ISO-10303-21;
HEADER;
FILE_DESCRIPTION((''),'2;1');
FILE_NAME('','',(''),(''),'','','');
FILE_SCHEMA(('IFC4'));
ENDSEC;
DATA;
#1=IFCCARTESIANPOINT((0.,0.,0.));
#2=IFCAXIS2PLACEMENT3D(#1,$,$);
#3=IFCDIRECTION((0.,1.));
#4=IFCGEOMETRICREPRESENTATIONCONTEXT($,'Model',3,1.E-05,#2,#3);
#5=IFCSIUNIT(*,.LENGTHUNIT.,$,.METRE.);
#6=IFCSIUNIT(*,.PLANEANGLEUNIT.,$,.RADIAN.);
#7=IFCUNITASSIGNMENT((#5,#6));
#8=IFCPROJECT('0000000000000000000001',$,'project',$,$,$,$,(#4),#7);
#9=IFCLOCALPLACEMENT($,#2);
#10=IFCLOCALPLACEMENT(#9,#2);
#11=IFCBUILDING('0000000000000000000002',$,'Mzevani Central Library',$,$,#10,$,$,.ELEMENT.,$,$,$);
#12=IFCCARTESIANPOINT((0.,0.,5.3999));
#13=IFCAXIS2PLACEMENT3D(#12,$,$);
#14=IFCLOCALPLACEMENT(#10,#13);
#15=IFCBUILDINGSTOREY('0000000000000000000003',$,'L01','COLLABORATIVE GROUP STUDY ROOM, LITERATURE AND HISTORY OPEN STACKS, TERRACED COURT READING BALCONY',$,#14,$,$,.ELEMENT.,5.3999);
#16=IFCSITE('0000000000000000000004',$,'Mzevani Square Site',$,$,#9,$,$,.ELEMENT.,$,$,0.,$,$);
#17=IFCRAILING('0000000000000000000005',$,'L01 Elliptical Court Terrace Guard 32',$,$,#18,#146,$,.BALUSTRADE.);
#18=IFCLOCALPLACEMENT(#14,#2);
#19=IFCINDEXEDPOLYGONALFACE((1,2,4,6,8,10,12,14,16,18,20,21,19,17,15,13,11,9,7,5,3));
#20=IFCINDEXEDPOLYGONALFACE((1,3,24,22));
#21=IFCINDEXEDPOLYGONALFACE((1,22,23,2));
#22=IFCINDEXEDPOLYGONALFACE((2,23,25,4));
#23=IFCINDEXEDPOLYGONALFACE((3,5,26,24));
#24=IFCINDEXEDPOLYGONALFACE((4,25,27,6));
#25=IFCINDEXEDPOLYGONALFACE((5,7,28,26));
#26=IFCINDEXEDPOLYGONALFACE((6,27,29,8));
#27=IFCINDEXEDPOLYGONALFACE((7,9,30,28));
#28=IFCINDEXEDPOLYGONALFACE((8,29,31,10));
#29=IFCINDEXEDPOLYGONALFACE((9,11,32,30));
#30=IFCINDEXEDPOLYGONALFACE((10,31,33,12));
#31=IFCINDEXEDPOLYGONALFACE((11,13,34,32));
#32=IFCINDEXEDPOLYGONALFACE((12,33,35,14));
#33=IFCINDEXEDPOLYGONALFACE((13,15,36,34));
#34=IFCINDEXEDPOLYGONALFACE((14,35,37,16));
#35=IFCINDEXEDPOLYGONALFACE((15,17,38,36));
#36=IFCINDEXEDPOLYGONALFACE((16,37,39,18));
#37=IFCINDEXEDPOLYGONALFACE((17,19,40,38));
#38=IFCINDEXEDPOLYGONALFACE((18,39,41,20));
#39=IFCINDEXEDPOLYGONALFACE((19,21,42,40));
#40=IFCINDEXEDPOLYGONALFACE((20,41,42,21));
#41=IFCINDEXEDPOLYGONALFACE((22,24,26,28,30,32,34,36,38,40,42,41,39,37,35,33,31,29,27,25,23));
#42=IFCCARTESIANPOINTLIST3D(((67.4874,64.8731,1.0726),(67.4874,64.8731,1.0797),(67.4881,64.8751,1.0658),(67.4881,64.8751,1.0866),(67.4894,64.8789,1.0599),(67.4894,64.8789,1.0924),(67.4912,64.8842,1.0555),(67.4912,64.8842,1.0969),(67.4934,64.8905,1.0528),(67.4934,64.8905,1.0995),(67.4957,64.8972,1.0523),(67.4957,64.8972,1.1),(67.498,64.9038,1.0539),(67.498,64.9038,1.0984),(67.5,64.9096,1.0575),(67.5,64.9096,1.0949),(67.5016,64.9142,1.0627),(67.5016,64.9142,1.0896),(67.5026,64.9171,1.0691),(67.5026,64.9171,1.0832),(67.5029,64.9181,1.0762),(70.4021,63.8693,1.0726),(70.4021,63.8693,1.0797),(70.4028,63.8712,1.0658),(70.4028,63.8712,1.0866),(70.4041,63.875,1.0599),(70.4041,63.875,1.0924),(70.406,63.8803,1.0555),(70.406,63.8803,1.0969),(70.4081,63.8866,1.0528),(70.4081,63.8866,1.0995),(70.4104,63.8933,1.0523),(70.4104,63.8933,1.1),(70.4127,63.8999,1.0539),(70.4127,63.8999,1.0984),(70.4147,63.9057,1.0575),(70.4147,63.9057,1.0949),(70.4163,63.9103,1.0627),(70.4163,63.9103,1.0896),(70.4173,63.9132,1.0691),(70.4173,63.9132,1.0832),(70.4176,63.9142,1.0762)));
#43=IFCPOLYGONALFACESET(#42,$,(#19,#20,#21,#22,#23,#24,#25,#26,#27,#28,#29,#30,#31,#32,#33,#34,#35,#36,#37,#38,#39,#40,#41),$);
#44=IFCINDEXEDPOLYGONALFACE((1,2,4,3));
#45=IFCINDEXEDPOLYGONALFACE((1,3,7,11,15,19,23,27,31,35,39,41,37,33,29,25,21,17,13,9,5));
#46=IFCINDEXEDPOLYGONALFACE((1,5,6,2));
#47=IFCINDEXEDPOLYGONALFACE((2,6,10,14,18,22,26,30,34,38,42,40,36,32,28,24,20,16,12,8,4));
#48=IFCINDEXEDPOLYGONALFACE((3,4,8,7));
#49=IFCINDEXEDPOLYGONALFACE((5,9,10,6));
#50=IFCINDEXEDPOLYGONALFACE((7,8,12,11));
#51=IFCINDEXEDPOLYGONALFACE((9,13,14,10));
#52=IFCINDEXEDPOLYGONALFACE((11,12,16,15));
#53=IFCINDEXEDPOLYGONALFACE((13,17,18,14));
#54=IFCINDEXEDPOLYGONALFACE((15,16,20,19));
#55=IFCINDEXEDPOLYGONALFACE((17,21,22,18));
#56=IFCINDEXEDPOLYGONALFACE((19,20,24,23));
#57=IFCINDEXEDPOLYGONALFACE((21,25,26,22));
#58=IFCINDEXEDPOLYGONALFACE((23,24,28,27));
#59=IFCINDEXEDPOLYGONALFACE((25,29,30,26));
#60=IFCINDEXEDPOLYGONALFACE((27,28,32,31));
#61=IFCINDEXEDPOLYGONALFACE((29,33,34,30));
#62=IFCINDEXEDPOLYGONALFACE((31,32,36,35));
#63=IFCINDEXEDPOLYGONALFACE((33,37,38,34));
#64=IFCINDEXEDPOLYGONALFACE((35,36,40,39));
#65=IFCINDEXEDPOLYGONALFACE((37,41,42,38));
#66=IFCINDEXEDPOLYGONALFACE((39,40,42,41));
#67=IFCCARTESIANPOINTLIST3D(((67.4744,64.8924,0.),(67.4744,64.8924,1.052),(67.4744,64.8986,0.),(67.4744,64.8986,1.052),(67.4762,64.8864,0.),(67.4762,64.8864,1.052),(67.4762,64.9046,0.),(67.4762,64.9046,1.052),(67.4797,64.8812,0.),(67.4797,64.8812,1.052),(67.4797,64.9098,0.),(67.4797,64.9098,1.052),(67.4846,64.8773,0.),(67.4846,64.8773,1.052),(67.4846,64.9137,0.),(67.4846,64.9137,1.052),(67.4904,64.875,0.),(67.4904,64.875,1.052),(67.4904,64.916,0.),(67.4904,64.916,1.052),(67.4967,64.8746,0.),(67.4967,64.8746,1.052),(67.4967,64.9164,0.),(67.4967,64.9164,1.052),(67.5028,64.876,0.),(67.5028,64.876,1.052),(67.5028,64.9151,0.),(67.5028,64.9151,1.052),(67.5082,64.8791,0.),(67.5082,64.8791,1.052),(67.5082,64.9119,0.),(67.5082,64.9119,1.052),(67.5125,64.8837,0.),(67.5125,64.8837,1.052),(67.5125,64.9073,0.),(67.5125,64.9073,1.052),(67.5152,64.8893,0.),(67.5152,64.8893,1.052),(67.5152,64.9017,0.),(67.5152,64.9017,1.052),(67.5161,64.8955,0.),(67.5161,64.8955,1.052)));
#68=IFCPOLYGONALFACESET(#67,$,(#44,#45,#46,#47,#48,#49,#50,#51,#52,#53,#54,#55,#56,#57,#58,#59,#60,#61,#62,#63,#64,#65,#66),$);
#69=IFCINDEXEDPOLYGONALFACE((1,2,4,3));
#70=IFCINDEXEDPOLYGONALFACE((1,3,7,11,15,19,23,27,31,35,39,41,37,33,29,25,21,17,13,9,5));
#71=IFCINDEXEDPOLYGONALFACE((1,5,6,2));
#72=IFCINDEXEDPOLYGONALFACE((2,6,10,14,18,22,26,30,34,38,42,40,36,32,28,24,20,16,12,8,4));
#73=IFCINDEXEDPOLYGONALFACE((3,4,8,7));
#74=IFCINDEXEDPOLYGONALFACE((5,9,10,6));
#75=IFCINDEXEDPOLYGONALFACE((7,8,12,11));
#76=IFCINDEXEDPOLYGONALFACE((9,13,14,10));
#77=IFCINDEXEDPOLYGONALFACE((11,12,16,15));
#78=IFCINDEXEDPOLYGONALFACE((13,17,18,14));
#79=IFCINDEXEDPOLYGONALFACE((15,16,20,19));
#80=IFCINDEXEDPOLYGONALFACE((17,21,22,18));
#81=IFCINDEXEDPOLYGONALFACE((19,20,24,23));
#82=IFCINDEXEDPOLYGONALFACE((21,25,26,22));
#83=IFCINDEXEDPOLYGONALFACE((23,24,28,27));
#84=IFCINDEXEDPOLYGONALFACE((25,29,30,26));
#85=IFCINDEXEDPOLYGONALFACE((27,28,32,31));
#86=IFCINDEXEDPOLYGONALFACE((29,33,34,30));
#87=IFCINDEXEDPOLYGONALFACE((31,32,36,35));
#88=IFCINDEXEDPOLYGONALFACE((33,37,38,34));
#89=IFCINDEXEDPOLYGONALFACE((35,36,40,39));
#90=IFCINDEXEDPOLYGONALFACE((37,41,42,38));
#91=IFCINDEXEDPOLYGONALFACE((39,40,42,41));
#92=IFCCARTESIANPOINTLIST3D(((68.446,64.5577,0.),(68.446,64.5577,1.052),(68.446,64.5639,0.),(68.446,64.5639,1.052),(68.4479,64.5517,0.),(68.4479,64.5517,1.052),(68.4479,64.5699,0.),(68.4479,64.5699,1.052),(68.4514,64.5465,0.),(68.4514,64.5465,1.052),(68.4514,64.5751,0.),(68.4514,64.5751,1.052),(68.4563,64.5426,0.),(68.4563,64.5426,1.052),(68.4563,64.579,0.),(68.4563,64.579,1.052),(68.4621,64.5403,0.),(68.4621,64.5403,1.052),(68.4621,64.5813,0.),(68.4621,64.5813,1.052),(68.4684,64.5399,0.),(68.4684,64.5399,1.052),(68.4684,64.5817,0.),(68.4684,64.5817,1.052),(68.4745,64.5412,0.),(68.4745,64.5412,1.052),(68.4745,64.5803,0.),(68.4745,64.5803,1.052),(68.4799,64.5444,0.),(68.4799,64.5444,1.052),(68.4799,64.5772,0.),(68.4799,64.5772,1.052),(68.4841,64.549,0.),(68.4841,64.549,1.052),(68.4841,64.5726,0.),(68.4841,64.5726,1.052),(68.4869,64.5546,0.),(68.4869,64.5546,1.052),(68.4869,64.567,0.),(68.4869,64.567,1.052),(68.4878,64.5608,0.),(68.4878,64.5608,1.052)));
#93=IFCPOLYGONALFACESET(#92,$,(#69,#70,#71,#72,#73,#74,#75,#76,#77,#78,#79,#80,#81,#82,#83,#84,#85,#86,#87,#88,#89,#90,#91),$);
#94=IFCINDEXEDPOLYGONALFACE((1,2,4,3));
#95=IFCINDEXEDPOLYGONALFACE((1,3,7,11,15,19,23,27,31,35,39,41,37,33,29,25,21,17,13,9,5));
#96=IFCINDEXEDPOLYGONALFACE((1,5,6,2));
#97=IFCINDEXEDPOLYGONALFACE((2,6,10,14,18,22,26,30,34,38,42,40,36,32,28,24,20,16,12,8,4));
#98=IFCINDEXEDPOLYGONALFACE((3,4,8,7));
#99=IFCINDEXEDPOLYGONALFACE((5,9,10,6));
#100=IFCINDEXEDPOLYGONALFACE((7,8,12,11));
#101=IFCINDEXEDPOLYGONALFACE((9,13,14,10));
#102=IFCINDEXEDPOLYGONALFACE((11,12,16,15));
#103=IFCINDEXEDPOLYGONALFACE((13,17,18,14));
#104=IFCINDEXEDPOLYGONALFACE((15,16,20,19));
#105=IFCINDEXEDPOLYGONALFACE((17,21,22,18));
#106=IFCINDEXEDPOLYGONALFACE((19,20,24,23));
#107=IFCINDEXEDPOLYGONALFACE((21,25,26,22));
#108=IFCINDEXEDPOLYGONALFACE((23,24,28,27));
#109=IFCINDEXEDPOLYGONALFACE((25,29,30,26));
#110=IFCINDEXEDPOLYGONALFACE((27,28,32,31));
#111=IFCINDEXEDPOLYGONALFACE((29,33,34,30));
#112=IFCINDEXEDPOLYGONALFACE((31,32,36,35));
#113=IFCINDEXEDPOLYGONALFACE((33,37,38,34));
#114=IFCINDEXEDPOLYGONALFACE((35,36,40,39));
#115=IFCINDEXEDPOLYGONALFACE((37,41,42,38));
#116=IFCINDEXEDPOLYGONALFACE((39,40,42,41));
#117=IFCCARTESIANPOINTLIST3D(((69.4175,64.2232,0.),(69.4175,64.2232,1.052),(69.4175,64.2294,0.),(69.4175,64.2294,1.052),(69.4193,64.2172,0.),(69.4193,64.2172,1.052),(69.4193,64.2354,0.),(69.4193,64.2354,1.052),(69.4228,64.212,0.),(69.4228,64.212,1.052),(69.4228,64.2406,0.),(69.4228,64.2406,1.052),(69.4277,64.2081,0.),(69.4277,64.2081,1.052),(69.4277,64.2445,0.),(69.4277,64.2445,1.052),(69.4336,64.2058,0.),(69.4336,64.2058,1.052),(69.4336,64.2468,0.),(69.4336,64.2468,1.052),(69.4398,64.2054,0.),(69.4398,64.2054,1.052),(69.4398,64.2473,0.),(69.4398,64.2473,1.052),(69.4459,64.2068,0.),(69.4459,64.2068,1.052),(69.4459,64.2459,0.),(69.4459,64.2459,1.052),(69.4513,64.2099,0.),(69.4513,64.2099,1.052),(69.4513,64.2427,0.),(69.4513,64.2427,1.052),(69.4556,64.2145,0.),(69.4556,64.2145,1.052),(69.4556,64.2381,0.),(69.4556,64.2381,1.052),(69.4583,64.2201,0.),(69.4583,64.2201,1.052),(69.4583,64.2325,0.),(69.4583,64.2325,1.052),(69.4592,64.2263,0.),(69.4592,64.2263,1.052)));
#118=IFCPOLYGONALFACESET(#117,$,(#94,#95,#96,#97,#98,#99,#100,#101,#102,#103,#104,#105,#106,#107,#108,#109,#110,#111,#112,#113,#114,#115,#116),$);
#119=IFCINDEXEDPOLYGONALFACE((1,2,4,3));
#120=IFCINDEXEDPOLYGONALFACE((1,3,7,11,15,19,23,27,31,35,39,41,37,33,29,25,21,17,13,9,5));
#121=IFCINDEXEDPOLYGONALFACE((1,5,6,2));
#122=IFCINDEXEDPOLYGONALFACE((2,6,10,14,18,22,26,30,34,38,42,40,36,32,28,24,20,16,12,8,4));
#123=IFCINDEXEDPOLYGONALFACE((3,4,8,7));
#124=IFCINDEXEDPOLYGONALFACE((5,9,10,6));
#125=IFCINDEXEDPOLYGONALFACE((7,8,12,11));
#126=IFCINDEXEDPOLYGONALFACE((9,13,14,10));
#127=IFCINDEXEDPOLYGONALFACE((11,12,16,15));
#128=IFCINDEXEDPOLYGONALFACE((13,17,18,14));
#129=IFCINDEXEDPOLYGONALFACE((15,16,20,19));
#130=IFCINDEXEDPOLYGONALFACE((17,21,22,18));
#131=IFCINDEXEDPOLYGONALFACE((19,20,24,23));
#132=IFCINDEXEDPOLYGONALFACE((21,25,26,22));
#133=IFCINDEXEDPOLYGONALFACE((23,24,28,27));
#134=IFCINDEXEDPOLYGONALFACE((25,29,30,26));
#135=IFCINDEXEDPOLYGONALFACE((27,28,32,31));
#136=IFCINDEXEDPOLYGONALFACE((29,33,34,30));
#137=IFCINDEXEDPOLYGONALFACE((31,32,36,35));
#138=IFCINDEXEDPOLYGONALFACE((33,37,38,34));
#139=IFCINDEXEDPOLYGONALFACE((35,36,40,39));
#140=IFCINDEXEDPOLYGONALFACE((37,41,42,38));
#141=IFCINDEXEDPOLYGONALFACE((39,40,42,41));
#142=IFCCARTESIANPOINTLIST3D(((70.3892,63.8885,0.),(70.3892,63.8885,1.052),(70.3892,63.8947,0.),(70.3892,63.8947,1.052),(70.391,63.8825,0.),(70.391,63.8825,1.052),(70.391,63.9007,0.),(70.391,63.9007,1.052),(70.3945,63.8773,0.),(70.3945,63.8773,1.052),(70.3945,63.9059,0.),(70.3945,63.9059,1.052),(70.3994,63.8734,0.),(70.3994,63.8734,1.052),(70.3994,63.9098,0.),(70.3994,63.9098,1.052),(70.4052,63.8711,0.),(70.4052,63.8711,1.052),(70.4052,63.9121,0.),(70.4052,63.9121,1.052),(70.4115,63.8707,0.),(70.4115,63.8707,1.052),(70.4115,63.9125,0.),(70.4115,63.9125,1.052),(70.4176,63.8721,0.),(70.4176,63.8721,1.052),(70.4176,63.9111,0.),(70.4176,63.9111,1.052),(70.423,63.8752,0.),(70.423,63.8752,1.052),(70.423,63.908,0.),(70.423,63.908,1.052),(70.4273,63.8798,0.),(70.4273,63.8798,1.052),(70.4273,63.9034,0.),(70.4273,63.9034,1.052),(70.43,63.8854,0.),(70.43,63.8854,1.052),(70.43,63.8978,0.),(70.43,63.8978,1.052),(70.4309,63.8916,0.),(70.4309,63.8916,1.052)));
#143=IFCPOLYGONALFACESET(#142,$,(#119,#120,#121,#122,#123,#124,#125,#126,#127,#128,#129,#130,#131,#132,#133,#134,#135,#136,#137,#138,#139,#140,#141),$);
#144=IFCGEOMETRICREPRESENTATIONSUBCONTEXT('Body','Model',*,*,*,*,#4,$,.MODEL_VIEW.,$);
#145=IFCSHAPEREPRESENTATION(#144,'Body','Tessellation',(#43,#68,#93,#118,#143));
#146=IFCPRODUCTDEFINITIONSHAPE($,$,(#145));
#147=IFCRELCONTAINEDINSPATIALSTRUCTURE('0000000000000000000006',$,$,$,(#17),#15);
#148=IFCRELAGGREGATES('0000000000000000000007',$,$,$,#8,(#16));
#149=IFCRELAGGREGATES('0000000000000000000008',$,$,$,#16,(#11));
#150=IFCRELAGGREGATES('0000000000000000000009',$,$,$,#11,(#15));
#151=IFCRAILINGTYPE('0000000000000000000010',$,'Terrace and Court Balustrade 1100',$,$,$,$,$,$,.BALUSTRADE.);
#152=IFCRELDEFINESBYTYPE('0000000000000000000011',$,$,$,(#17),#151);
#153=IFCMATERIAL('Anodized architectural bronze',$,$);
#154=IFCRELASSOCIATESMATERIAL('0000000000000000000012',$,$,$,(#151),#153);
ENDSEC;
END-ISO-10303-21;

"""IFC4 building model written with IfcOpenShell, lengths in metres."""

from ifc_helpers import new_model, si_unit, direction, frame, origin, origin_2d, place, context, subcontext, project, spatial, circle, extrude, material, type_object, element, save


model = new_model("IFC4")

# Units and contexts
model_context = context("Model", 3, precision=1e-05, world=origin(), true_north=direction((0.0, 1.0)))
body_context = subcontext(model_context, "Body", "Model", "MODEL_VIEW")
ifc_project = project(units=[si_unit("LENGTHUNIT", "METRE"), si_unit("PLANEANGLEUNIT", "RADIAN")], contexts=[model_context])

# Site, building, storey
site_placement = place(None, origin())
site = spatial("IfcSite", under=ifc_project, at=site_placement, Name="Mzevani Square Site", CompositionType="ELEMENT", RefElevation=0.0)
building_placement = place(site_placement, origin())
building = spatial("IfcBuilding", under=site, at=building_placement, Name="Mzevani Central Library", CompositionType="ELEMENT")
storey_placement = place(building_placement, frame((0.0, 0.0, 5.3999)))
storey = spatial("IfcBuildingStorey", under=building, at=storey_placement, Name="L01", Description="COLLABORATIVE GROUP STUDY ROOM, LITERATURE AND HISTORY OPEN STACKS, TERRACED COURT READING BALCONY", CompositionType="ELEMENT", Elevation=5.3999)

# Railing
ifc_material_1 = material(Name="Anodized architectural bronze")
railing_type = type_object("IfcRailingType", Name="Terrace and Court Balustrade 1100", PredefinedType="BALUSTRADE", material=ifc_material_1)
railing_1_placement = place(storey_placement, frame((67.4951, 64.8955, 0.0)))
element("IfcRailing", 1, at=railing_1_placement, inside=storey, type_object=railing_type, Name="L01 Elliptical Court Terrace Guard 32", PredefinedType="BALUSTRADE", context=body_context, shape_type="SweptSolid", body=[
    extrude(circle(Radius=0.0239, at=origin_2d()), frame((0.0, 0.0, 1.0762), z_axis=(0.945492, -0.325644, 0.0), x_axis=(0.325644, 0.945492, 0.0)), (0.0, 0.0, 1.0), 3.0828),
    extrude(circle(Radius=0.021, at=origin_2d()), origin(), (0.0, 0.0, 1.0), 1.052),
    extrude(circle(Radius=0.021, at=origin_2d()), frame((0.9717, -0.3347, 0.0)), (0.0, 0.0, 1.0), 1.052),
    extrude(circle(Radius=0.021, at=origin_2d()), frame((1.9431, -0.6692, 0.0)), (0.0, 0.0, 1.0), 1.052),
    extrude(circle(Radius=0.021, at=origin_2d()), frame((2.9148, -1.0039, 0.0)), (0.0, 0.0, 1.0), 1.052),
])

save(model, "model.ifc")
